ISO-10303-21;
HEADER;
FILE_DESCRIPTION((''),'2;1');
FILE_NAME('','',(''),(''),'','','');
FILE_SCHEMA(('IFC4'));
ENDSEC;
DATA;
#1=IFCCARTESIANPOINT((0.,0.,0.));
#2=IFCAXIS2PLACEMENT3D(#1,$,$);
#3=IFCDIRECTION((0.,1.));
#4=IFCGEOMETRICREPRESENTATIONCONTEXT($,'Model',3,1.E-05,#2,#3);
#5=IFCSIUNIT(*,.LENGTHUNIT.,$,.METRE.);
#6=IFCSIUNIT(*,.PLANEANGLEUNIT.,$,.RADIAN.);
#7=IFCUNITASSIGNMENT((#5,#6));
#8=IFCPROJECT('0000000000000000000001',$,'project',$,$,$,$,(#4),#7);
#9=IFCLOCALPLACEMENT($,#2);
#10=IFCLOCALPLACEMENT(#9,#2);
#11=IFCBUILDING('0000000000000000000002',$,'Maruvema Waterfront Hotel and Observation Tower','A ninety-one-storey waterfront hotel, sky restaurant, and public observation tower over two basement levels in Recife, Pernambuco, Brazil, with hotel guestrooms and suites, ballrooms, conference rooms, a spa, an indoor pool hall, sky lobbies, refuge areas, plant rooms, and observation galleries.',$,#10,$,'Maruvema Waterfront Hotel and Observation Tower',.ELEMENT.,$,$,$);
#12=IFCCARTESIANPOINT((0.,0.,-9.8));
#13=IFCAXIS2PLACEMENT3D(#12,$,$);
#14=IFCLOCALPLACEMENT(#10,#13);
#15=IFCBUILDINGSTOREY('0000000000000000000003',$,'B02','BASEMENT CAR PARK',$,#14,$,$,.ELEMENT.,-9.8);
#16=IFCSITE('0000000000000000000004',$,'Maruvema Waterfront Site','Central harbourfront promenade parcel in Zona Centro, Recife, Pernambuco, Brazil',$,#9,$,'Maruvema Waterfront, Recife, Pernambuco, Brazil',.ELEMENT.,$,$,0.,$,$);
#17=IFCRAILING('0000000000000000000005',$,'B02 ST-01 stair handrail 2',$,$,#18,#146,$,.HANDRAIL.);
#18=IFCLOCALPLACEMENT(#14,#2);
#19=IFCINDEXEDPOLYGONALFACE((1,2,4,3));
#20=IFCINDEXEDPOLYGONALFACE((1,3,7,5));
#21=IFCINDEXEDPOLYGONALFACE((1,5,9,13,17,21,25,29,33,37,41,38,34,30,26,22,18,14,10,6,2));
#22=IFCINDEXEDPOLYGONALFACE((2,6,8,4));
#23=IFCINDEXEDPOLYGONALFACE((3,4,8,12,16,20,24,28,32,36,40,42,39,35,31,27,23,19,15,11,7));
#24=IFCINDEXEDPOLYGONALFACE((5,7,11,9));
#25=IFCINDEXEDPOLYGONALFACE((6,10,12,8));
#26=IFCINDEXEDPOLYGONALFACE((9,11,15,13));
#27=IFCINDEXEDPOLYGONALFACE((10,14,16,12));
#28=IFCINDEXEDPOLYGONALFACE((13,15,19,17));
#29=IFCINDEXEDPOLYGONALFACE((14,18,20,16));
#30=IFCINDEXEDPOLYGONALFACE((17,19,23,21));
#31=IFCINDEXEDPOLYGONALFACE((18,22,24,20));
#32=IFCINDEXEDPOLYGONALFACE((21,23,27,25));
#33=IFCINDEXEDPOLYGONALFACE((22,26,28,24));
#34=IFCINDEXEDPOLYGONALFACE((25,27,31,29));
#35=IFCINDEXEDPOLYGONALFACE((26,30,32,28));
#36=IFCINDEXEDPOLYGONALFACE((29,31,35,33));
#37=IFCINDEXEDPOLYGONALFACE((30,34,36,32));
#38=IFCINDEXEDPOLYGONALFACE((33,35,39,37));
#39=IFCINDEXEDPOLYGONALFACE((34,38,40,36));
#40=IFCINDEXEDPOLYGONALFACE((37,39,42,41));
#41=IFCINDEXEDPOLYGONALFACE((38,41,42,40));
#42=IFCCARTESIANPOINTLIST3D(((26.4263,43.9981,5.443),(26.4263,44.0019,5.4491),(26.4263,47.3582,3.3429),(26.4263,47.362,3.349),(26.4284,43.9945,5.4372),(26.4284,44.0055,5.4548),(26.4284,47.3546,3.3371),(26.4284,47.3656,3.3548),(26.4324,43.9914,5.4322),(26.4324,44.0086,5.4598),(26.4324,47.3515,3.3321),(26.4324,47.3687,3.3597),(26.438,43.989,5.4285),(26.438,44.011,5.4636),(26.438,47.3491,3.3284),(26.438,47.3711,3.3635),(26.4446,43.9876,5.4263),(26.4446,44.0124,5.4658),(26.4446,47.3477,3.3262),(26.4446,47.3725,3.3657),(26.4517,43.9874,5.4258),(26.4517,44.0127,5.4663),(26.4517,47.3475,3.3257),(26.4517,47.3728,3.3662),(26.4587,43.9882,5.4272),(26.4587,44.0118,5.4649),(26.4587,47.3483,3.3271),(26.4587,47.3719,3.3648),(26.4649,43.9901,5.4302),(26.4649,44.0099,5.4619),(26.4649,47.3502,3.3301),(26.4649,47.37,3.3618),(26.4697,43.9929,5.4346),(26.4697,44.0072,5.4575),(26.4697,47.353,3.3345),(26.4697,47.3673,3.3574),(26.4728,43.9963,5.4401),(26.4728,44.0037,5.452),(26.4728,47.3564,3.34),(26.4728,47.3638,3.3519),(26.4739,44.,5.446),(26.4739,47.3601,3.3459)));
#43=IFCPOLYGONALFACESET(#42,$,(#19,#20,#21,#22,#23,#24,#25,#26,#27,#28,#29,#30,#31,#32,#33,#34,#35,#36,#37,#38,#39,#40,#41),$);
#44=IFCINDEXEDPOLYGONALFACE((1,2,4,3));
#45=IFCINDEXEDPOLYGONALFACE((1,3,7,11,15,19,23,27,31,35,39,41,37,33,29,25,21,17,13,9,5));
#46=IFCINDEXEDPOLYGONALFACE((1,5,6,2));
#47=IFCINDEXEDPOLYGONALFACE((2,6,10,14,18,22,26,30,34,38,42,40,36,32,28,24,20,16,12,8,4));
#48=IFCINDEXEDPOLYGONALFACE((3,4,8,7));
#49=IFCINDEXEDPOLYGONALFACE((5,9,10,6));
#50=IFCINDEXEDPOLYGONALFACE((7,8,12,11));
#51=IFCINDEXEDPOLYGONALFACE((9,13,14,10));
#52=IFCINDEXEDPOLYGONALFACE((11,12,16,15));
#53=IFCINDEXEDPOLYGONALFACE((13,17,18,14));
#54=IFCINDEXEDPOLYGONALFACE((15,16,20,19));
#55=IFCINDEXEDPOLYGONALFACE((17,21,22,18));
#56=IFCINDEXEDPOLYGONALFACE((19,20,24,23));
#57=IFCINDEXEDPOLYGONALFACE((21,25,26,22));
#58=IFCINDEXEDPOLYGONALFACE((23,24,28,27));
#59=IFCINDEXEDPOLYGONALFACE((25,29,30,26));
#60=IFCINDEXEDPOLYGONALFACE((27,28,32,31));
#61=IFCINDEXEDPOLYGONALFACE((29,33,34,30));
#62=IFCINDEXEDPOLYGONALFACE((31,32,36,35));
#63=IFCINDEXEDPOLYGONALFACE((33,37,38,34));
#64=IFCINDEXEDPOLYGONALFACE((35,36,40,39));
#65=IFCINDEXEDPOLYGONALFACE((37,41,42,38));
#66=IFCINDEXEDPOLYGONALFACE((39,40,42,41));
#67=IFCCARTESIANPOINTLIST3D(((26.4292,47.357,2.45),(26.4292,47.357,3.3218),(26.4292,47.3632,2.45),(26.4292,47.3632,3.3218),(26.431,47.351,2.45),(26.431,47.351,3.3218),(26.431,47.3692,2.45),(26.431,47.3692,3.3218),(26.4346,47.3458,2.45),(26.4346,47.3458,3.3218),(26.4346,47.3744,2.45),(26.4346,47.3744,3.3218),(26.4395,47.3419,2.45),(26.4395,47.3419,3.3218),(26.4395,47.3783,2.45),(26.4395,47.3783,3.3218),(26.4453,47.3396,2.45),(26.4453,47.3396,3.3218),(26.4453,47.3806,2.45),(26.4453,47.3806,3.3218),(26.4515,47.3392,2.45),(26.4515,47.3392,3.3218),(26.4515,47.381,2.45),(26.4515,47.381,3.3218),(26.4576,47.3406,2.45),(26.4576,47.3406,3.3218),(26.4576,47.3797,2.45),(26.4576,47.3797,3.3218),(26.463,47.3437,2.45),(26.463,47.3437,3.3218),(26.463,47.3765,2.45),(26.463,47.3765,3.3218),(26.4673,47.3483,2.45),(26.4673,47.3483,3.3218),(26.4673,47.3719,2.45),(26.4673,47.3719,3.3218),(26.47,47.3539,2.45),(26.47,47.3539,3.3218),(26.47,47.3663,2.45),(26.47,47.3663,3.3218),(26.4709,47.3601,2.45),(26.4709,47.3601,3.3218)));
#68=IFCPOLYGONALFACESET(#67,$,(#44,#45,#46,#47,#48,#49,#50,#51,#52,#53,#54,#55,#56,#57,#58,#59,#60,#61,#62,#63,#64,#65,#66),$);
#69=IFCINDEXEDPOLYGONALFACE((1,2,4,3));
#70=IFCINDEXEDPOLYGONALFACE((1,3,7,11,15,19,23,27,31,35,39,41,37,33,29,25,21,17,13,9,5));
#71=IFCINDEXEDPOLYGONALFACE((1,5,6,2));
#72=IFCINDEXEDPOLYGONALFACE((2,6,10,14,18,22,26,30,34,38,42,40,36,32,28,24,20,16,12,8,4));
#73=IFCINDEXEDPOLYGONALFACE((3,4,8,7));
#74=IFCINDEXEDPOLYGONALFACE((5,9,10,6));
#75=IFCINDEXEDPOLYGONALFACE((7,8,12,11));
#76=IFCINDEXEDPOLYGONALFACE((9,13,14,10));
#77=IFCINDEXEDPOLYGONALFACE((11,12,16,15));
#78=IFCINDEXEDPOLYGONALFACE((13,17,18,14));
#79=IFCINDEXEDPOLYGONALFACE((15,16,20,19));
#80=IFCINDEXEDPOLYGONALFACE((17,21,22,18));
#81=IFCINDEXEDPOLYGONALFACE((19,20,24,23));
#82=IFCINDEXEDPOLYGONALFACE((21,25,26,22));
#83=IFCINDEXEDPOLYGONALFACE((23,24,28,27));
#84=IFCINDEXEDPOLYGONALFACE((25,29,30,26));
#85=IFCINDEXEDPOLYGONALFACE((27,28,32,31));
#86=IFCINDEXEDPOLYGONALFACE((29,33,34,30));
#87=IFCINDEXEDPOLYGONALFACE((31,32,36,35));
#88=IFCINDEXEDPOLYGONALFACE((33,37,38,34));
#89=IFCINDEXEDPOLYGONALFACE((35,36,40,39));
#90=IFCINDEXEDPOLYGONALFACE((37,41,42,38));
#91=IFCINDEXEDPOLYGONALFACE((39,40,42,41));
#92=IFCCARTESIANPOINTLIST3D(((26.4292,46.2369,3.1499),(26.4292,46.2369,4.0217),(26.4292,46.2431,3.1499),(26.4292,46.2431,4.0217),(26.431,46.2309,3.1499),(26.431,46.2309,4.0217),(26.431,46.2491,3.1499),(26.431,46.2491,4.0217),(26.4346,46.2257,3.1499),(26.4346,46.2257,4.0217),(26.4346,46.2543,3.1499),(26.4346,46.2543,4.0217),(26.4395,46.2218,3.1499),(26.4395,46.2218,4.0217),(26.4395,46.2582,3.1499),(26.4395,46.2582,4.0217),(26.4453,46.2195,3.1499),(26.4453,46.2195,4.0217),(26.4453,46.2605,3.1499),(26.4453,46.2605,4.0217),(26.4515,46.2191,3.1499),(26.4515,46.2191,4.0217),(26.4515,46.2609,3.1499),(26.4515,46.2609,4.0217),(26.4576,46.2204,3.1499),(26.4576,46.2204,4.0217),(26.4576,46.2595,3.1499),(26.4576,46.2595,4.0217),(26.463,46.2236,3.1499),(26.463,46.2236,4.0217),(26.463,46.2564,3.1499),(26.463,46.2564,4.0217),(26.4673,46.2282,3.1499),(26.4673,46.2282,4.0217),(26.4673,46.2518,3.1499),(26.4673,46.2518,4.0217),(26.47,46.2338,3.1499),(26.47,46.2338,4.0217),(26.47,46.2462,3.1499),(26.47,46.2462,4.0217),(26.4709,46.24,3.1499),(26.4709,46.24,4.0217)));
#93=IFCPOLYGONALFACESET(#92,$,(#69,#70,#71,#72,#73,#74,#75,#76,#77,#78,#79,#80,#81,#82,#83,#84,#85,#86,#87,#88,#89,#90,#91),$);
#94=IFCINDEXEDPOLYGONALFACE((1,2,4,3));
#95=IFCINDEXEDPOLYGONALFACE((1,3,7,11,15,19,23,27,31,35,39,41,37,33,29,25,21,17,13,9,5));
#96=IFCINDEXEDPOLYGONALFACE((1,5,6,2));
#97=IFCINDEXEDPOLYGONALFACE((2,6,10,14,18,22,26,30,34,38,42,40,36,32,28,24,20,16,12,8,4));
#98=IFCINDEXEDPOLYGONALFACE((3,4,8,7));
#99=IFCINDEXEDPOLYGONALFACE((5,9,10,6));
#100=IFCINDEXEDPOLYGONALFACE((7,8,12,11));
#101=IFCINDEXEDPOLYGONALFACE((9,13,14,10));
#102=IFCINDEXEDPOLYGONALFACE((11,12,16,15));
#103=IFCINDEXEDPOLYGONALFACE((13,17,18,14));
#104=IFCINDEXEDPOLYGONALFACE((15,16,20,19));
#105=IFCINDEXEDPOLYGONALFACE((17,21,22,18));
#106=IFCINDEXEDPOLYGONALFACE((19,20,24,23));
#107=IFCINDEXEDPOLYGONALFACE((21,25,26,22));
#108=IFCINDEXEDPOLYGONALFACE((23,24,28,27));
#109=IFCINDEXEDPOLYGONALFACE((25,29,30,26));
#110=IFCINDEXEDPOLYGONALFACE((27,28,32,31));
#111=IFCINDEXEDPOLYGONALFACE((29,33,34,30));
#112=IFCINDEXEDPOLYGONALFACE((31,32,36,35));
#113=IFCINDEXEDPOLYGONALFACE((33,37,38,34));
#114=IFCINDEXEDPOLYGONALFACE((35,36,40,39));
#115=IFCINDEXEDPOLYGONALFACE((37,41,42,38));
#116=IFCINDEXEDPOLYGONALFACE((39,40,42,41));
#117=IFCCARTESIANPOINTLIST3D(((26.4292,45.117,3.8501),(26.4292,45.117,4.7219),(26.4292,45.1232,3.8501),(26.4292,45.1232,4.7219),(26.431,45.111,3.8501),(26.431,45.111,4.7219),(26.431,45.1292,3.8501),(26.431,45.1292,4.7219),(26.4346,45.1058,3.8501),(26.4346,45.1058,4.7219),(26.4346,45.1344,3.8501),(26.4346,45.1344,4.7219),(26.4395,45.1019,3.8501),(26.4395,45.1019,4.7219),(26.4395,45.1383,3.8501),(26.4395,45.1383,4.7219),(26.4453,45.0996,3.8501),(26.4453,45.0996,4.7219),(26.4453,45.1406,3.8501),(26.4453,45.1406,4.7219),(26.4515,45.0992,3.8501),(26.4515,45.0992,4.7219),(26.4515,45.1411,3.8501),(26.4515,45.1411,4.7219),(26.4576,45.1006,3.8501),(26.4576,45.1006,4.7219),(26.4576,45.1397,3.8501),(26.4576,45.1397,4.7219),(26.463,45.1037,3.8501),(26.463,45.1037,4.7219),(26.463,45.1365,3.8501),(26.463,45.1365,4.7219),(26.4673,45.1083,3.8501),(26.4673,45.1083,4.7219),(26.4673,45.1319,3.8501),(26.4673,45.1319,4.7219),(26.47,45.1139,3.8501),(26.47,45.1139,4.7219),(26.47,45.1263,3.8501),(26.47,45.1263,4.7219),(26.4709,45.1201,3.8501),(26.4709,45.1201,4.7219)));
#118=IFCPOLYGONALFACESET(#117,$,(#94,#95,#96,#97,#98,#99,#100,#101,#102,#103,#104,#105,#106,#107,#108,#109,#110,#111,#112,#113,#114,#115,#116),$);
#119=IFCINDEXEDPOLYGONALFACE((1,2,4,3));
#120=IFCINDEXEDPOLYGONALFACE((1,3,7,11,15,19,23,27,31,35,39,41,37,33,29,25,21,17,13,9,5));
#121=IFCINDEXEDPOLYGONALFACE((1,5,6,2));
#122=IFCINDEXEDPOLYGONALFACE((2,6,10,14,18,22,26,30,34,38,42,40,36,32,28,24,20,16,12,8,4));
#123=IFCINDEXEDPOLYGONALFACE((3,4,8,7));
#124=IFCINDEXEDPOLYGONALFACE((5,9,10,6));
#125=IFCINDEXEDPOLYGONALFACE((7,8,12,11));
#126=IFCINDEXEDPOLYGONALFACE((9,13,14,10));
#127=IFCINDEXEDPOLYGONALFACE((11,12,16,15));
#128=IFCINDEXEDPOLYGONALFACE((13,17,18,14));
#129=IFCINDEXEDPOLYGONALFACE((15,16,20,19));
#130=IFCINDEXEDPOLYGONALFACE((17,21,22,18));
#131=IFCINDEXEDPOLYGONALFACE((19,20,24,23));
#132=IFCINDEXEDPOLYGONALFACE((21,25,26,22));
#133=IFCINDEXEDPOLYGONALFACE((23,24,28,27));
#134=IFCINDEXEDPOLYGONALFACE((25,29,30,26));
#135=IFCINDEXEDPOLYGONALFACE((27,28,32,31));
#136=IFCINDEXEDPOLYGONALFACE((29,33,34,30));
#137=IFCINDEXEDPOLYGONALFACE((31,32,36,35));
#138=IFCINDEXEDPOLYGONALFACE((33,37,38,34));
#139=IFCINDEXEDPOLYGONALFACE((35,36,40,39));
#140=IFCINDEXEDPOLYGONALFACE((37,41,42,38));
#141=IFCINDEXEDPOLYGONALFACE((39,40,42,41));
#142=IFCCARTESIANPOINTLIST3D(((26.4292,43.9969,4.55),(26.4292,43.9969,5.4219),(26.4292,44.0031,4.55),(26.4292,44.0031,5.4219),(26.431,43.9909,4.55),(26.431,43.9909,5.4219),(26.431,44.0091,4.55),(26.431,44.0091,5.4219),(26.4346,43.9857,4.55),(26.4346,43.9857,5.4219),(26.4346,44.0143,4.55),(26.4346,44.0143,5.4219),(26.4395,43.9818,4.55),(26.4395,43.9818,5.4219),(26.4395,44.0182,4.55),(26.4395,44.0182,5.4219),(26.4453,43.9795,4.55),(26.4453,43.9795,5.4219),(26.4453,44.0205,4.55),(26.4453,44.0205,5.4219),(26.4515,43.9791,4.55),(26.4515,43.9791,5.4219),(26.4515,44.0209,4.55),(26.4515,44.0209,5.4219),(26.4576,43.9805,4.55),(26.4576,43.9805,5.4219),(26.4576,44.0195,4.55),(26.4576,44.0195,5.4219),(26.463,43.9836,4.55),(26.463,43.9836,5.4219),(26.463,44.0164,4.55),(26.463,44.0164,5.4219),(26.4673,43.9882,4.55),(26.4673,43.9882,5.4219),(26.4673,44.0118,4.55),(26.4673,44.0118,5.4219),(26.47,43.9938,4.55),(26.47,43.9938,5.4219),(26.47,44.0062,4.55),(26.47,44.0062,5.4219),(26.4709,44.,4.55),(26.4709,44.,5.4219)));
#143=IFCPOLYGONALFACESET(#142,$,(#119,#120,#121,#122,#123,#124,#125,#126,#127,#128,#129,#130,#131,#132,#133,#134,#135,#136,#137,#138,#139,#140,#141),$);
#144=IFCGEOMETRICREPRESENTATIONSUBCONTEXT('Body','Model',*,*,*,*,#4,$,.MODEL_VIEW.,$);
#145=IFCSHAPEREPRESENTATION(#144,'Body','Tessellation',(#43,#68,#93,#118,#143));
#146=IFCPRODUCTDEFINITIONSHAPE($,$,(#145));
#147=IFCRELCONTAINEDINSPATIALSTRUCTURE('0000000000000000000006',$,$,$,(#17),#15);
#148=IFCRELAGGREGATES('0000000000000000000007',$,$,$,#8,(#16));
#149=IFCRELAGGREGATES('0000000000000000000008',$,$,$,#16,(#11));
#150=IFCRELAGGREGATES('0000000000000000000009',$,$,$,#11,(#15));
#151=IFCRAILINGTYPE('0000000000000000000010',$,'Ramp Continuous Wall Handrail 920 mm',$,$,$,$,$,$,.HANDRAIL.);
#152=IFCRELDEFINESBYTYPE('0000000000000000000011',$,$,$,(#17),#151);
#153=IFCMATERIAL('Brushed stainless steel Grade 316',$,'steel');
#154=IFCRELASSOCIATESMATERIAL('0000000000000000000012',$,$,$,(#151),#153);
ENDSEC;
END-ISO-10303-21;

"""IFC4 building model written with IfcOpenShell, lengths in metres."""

from ifc_helpers import new_model, si_unit, direction, frame, origin, origin_2d, place, context, subcontext, project, spatial, circle, extrude, material, type_object, element, save


model = new_model("IFC4")

# Units and contexts
model_context = context("Model", 3, precision=1e-05, world=origin(), true_north=direction((0.0, 1.0)))
body_context = subcontext(model_context, "Body", "Model", "MODEL_VIEW")
ifc_project = project(units=[si_unit("LENGTHUNIT", "METRE"), si_unit("PLANEANGLEUNIT", "RADIAN")], contexts=[model_context])

# Site, building, storey
site_placement = place(None, origin())
site = spatial("IfcSite", under=ifc_project, at=site_placement, Name="Maruvema Waterfront Site", Description="Central harbourfront promenade parcel in Zona Centro, Recife, Pernambuco, Brazil", LongName="Maruvema Waterfront, Recife, Pernambuco, Brazil", CompositionType="ELEMENT", RefElevation=0.0)
building_placement = place(site_placement, origin())
building = spatial("IfcBuilding", under=site, at=building_placement, Name="Maruvema Waterfront Hotel and Observation Tower", Description="A ninety-one-storey waterfront hotel, sky restaurant, and public observation tower over two basement levels in Recife, Pernambuco, Brazil, with hotel guestrooms and suites, ballrooms, conference rooms, a spa, an indoor pool hall, sky lobbies, refuge areas, plant rooms, and observation galleries.", LongName="Maruvema Waterfront Hotel and Observation Tower", CompositionType="ELEMENT")
storey_placement = place(building_placement, frame((0.0, 0.0, -9.8)))
storey = spatial("IfcBuildingStorey", under=building, at=storey_placement, Name="B02", Description="BASEMENT CAR PARK", CompositionType="ELEMENT", Elevation=-9.8)

# Railing
ifc_material_1 = material(Name="Brushed stainless steel Grade 316", Category="steel")
railing_type_1 = type_object("IfcRailingType", Name="Ramp Continuous Wall Handrail 920 mm", PredefinedType="HANDRAIL", material=ifc_material_1)
railing_1_placement = place(storey_placement, frame((26.45, 47.3601, 2.45)))
element("IfcRailing", 1, at=railing_1_placement, inside=storey, type_object=railing_type_1, Name="B02 ST-01 stair handrail 2", PredefinedType="HANDRAIL", context=body_context, shape_type="SweptSolid", body=[
    extrude(circle(Radius=0.0239, at=origin_2d()), frame((0.0, 0.0, 0.896), z_axis=(0.0, -0.847995, 0.530004), x_axis=(1.0, 0.0, 0.0)), (0.0, 0.0, 1.0), 3.9624),
    extrude(circle(Radius=0.021, at=origin_2d()), origin(), (0.0, 0.0, 1.0), 0.8718),
    extrude(circle(Radius=0.021, at=origin_2d()), frame((0.0, -1.1201, 0.7)), (0.0, 0.0, 1.0), 0.8718),
    extrude(circle(Radius=0.021, at=origin_2d()), frame((0.0, -2.24, 1.4001)), (0.0, 0.0, 1.0), 0.8718),
    extrude(circle(Radius=0.021, at=origin_2d()), frame((0.0, -3.3601, 2.1001)), (0.0, 0.0, 1.0), 0.8718),
])

save(model, "model.ifc")
